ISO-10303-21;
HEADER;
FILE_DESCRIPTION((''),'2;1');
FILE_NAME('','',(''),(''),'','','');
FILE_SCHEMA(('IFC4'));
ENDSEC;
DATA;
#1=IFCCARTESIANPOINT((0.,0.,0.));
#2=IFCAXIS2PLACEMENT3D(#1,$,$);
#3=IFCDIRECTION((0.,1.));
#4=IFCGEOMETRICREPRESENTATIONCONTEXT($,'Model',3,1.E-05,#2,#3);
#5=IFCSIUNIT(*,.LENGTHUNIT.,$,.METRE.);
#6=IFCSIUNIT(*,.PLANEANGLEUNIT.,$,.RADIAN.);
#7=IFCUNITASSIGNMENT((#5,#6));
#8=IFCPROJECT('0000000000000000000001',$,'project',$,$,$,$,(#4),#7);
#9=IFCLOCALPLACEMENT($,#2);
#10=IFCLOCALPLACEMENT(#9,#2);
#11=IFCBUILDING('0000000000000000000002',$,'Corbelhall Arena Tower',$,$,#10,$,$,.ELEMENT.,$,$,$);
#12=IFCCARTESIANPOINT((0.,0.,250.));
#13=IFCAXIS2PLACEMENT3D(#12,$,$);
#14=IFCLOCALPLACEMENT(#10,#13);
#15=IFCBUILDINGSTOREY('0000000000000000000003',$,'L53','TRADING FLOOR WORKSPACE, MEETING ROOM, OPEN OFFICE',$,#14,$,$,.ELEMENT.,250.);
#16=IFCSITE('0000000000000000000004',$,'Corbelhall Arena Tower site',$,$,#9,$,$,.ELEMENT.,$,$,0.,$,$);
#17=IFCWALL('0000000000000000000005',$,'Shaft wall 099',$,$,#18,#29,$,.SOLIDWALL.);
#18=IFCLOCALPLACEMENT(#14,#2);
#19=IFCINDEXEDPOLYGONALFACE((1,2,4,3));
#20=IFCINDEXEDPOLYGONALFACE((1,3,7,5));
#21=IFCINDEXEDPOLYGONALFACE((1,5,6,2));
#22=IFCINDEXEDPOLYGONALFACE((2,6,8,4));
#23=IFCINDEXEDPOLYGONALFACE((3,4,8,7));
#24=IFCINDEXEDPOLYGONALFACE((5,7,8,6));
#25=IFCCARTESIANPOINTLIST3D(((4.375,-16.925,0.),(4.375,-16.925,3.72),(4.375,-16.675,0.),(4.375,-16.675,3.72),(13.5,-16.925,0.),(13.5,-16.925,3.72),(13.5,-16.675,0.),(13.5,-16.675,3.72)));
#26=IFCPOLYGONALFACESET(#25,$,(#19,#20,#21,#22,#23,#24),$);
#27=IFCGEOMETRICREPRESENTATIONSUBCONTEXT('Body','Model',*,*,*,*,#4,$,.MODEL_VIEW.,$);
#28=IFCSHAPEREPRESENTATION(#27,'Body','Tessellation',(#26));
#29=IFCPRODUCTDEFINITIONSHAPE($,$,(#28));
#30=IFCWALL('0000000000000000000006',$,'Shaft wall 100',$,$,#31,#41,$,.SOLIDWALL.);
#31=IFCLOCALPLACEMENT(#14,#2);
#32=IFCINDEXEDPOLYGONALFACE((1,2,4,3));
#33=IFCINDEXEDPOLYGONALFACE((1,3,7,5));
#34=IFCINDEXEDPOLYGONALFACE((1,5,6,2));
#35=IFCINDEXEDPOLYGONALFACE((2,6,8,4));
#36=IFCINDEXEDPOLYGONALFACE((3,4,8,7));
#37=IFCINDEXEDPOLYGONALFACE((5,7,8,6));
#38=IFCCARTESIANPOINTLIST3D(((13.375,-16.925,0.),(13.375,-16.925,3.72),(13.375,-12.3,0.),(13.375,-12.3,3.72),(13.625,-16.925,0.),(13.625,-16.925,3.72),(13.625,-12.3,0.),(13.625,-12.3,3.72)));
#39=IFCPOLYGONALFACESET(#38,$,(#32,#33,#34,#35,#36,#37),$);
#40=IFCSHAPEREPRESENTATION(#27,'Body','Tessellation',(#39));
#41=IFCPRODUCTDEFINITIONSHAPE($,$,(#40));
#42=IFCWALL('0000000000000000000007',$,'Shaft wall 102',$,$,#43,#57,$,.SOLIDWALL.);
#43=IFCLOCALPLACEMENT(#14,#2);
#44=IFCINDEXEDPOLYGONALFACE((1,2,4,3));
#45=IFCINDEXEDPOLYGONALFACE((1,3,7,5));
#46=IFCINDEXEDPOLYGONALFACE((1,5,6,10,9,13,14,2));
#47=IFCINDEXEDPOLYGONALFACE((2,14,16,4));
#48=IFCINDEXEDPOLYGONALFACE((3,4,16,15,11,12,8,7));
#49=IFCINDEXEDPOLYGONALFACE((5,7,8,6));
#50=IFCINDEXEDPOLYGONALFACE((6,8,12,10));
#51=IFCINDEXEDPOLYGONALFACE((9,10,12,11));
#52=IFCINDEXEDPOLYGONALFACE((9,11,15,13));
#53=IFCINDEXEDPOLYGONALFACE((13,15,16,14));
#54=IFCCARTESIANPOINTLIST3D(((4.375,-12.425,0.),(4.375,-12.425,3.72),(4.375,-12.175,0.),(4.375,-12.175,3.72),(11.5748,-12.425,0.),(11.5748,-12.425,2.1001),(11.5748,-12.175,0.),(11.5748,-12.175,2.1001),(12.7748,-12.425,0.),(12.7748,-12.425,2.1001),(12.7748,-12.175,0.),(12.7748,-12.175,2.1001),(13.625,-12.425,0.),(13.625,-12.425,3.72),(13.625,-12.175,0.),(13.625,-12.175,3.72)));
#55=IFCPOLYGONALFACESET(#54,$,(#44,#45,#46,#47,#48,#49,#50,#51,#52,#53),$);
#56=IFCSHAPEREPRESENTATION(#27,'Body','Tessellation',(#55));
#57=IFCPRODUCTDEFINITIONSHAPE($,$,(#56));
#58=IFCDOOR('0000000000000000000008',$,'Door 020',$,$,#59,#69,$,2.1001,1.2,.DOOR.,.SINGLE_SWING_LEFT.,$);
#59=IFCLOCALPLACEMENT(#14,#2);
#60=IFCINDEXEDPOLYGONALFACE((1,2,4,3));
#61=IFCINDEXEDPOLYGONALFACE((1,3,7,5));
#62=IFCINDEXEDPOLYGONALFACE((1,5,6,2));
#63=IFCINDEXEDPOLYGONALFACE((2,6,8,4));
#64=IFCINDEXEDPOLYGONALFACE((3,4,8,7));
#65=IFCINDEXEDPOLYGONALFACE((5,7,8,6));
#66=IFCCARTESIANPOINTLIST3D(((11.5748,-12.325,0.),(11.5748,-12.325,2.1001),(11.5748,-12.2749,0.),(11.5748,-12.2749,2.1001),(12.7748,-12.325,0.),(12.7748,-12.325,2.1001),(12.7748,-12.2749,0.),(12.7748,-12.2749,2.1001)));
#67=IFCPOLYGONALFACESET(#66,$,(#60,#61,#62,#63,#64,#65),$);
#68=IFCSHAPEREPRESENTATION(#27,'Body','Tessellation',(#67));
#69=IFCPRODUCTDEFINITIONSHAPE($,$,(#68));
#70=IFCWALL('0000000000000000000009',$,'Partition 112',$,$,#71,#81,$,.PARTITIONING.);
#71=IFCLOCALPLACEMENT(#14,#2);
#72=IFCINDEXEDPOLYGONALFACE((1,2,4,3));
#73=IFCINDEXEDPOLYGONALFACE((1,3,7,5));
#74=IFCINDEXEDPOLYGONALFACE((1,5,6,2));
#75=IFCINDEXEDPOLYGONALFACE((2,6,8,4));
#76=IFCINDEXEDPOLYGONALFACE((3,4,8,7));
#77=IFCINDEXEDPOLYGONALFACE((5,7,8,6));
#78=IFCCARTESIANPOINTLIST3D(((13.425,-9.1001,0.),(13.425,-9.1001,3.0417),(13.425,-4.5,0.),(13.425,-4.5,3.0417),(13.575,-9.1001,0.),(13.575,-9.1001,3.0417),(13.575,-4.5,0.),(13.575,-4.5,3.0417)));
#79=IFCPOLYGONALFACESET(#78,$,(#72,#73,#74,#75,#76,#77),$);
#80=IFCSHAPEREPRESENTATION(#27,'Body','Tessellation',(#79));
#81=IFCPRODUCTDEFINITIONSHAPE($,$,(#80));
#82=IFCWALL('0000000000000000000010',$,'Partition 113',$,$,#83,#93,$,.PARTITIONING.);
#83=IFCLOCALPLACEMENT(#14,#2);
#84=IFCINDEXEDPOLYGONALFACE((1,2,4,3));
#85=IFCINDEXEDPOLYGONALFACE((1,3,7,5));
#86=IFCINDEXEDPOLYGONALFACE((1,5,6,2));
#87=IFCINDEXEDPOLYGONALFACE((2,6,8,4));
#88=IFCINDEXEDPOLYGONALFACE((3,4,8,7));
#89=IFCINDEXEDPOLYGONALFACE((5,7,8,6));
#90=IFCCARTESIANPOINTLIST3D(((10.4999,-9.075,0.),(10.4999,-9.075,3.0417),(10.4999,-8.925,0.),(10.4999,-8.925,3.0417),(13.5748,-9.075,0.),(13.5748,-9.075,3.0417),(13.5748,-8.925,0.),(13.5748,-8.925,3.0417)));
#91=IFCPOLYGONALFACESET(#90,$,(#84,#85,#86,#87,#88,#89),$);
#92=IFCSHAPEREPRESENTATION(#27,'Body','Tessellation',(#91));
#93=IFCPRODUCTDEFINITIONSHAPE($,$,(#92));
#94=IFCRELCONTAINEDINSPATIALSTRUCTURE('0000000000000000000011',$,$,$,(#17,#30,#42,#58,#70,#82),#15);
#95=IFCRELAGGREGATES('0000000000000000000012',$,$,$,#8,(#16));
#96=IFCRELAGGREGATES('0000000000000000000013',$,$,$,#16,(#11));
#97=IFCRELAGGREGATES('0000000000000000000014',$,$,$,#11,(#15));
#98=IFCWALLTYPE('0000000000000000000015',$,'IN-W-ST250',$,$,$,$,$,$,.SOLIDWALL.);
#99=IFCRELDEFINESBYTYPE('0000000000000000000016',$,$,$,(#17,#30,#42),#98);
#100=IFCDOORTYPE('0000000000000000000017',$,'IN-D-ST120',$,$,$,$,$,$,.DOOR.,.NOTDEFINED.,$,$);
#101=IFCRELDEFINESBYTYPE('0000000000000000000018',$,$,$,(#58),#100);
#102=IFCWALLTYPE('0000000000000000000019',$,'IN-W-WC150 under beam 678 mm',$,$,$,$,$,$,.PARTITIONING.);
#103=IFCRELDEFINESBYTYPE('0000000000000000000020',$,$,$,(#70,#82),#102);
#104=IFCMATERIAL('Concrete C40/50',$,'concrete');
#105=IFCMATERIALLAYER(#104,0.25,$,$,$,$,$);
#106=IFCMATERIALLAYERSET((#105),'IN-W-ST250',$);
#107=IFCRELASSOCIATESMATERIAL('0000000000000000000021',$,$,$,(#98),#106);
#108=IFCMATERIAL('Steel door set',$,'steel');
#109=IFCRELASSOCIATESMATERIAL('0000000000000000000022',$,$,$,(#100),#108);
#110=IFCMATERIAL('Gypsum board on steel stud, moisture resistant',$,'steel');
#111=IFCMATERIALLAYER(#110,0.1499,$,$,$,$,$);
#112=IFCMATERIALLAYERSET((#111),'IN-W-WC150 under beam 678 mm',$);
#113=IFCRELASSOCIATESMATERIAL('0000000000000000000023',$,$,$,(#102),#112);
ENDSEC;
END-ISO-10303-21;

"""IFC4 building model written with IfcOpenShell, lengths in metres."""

from ifc_helpers import new_model, si_unit, direction, frame, frame_2d, origin, place, context, subcontext, project, spatial, rectangle, extrude, material, layer, layer_set, type_object, element, fill, save


model = new_model("IFC4")

# Units and contexts
model_context = context("Model", 3, precision=1e-05, world=origin(), true_north=direction((0.0, 1.0)))
body_context = subcontext(model_context, "Body", "Model", "MODEL_VIEW")
ifc_project = project(units=[si_unit("LENGTHUNIT", "METRE"), si_unit("PLANEANGLEUNIT", "RADIAN")], contexts=[model_context])

# Site, building, storey
site_placement = place(None, origin())
site = spatial("IfcSite", under=ifc_project, at=site_placement, Name="Corbelhall Arena Tower site", CompositionType="ELEMENT", RefElevation=0.0)
building_placement = place(site_placement, origin())
building = spatial("IfcBuilding", under=site, at=building_placement, Name="Corbelhall Arena Tower", CompositionType="ELEMENT")
storey_placement = place(building_placement, frame((0.0, 0.0, 250.0)))
storey = spatial("IfcBuildingStorey", under=building, at=storey_placement, Name="L53", Description="TRADING FLOOR WORKSPACE, MEETING ROOM, OPEN OFFICE", CompositionType="ELEMENT", Elevation=250.0)

# Shared definitions
ifc_material_1 = material(Name="Steel door set", Category="steel")

# Walls
ifc_material_2 = material(Name="Concrete C40/50", Category="concrete")
ifc_layer_1 = layer(ifc_material_2, 0.25)
ifc_layer_set_1 = layer_set([ifc_layer_1], Name="IN-W-ST250")
wall_type_1 = type_object("IfcWallType", Name="IN-W-ST250", PredefinedType="SOLIDWALL", material=ifc_layer_set_1)
wall_1_placement = place(storey_placement, frame((13.5, -16.8, 0.0), z_axis=(0.0, 0.0, 1.0), x_axis=(-1.0, 0.0, 0.0)))
element("IfcWall", 1, at=wall_1_placement, inside=storey, type_object=wall_type_1, Name="Shaft wall 099", PredefinedType="SOLIDWALL", context=body_context, shape_type="SweptSolid", body=[
    extrude(rectangle(XDim=9.125, YDim=0.25, at=frame_2d((4.5625, 0.0))), origin(), (0.0, 0.0, 1.0), 3.72),
])
wall_2_placement = place(storey_placement, frame((13.5, -12.3, 0.0), z_axis=(0.0, 0.0, 1.0), x_axis=(0.0, -1.0, 0.0)))
element("IfcWall", 2, at=wall_2_placement, inside=storey, type_object=wall_type_1, Name="Shaft wall 100", PredefinedType="SOLIDWALL", context=body_context, shape_type="SweptSolid", body=[
    extrude(rectangle(XDim=4.625, YDim=0.25, at=frame_2d((2.3125, 0.0))), origin(), (0.0, 0.0, 1.0), 3.72),
])

# Wall, opening, door
wall_3_placement = place(storey_placement, frame((13.625, -12.3, 0.0), z_axis=(0.0, 0.0, 1.0), x_axis=(-1.0, 0.0, 0.0)))
wall_3 = element("IfcWall", 3, at=wall_3_placement, inside=storey, type_object=wall_type_1, Name="Shaft wall 102", PredefinedType="SOLIDWALL", context=body_context, shape_type="SweptSolid", body=[
    extrude(rectangle(XDim=9.25, YDim=0.25, at=frame_2d((4.625, 0.0))), origin(), (0.0, 0.0, 1.0), 3.72),
])
opening_1_placement = place(wall_3_placement, frame((0.8501, 0.0, 0.0)))
opening_1 = element("IfcOpeningElement", 4, at=opening_1_placement, cuts=wall_3, PredefinedType="OPENING", context=body_context, shape_type="SweptSolid", body=[
    extrude(rectangle(XDim=1.2, YDim=2.1001, at=frame_2d((0.6001, 1.05))), frame((0.0, 0.125, 0.0), z_axis=(0.0, -1.0, 0.0), x_axis=(1.0, 0.0, 0.0)), (0.0, 0.0, 1.0), 0.25),
])
door_type_1 = type_object("IfcDoorType", Name="IN-D-ST120", OperationType="NOTDEFINED", PredefinedType="DOOR", material=ifc_material_1)
door_1_placement = place(opening_1_placement, origin())
door_1 = element("IfcDoor", 5, at=door_1_placement, inside=storey, type_object=door_type_1, Name="Door 020", OperationType="SINGLE_SWING_LEFT", OverallHeight=2.1001, OverallWidth=1.2, PredefinedType="DOOR", context=body_context, shape_type="SweptSolid", body=[
    extrude(rectangle(XDim=1.2, YDim=2.1001, at=frame_2d((0.6001, 1.05))), frame((0.0, 0.0249, 0.0), z_axis=(0.0, -1.0, 0.0), x_axis=(1.0, 0.0, 0.0)), (0.0, 0.0, 1.0), 0.05),
])
fill(opening_1, door_1)

# Walls
ifc_material_3 = material(Name="Gypsum board on steel stud, moisture resistant", Category="steel")
ifc_layer_2 = layer(ifc_material_3, 0.1499)
ifc_layer_set_2 = layer_set([ifc_layer_2], Name="IN-W-WC150 under beam 678 mm")
wall_type_2 = type_object("IfcWallType", Name="IN-W-WC150 under beam 678 mm", PredefinedType="PARTITIONING", material=ifc_layer_set_2)
wall_4_placement = place(storey_placement, frame((13.5, -4.5, 0.0), z_axis=(0.0, 0.0, 1.0), x_axis=(0.0, -1.0, 0.0)))
element("IfcWall", 6, at=wall_4_placement, inside=storey, type_object=wall_type_2, Name="Partition 112", PredefinedType="PARTITIONING", context=body_context, shape_type="SweptSolid", body=[
    extrude(rectangle(XDim=4.6001, YDim=0.1499, at=frame_2d((2.3, 0.0))), origin(), (0.0, 0.0, 1.0), 3.0417),
])
wall_5_placement = place(storey_placement, frame((13.575, -9.0, 0.0), z_axis=(0.0, 0.0, 1.0), x_axis=(-1.0, 0.0, 0.0)))
element("IfcWall", 7, at=wall_5_placement, inside=storey, type_object=wall_type_2, Name="Partition 113", PredefinedType="PARTITIONING", context=body_context, shape_type="SweptSolid", body=[
    extrude(rectangle(XDim=3.075, YDim=0.1499, at=frame_2d((1.5376, 0.0))), origin(), (0.0, 0.0, 1.0), 3.0417),
])

save(model, "model.ifc")
